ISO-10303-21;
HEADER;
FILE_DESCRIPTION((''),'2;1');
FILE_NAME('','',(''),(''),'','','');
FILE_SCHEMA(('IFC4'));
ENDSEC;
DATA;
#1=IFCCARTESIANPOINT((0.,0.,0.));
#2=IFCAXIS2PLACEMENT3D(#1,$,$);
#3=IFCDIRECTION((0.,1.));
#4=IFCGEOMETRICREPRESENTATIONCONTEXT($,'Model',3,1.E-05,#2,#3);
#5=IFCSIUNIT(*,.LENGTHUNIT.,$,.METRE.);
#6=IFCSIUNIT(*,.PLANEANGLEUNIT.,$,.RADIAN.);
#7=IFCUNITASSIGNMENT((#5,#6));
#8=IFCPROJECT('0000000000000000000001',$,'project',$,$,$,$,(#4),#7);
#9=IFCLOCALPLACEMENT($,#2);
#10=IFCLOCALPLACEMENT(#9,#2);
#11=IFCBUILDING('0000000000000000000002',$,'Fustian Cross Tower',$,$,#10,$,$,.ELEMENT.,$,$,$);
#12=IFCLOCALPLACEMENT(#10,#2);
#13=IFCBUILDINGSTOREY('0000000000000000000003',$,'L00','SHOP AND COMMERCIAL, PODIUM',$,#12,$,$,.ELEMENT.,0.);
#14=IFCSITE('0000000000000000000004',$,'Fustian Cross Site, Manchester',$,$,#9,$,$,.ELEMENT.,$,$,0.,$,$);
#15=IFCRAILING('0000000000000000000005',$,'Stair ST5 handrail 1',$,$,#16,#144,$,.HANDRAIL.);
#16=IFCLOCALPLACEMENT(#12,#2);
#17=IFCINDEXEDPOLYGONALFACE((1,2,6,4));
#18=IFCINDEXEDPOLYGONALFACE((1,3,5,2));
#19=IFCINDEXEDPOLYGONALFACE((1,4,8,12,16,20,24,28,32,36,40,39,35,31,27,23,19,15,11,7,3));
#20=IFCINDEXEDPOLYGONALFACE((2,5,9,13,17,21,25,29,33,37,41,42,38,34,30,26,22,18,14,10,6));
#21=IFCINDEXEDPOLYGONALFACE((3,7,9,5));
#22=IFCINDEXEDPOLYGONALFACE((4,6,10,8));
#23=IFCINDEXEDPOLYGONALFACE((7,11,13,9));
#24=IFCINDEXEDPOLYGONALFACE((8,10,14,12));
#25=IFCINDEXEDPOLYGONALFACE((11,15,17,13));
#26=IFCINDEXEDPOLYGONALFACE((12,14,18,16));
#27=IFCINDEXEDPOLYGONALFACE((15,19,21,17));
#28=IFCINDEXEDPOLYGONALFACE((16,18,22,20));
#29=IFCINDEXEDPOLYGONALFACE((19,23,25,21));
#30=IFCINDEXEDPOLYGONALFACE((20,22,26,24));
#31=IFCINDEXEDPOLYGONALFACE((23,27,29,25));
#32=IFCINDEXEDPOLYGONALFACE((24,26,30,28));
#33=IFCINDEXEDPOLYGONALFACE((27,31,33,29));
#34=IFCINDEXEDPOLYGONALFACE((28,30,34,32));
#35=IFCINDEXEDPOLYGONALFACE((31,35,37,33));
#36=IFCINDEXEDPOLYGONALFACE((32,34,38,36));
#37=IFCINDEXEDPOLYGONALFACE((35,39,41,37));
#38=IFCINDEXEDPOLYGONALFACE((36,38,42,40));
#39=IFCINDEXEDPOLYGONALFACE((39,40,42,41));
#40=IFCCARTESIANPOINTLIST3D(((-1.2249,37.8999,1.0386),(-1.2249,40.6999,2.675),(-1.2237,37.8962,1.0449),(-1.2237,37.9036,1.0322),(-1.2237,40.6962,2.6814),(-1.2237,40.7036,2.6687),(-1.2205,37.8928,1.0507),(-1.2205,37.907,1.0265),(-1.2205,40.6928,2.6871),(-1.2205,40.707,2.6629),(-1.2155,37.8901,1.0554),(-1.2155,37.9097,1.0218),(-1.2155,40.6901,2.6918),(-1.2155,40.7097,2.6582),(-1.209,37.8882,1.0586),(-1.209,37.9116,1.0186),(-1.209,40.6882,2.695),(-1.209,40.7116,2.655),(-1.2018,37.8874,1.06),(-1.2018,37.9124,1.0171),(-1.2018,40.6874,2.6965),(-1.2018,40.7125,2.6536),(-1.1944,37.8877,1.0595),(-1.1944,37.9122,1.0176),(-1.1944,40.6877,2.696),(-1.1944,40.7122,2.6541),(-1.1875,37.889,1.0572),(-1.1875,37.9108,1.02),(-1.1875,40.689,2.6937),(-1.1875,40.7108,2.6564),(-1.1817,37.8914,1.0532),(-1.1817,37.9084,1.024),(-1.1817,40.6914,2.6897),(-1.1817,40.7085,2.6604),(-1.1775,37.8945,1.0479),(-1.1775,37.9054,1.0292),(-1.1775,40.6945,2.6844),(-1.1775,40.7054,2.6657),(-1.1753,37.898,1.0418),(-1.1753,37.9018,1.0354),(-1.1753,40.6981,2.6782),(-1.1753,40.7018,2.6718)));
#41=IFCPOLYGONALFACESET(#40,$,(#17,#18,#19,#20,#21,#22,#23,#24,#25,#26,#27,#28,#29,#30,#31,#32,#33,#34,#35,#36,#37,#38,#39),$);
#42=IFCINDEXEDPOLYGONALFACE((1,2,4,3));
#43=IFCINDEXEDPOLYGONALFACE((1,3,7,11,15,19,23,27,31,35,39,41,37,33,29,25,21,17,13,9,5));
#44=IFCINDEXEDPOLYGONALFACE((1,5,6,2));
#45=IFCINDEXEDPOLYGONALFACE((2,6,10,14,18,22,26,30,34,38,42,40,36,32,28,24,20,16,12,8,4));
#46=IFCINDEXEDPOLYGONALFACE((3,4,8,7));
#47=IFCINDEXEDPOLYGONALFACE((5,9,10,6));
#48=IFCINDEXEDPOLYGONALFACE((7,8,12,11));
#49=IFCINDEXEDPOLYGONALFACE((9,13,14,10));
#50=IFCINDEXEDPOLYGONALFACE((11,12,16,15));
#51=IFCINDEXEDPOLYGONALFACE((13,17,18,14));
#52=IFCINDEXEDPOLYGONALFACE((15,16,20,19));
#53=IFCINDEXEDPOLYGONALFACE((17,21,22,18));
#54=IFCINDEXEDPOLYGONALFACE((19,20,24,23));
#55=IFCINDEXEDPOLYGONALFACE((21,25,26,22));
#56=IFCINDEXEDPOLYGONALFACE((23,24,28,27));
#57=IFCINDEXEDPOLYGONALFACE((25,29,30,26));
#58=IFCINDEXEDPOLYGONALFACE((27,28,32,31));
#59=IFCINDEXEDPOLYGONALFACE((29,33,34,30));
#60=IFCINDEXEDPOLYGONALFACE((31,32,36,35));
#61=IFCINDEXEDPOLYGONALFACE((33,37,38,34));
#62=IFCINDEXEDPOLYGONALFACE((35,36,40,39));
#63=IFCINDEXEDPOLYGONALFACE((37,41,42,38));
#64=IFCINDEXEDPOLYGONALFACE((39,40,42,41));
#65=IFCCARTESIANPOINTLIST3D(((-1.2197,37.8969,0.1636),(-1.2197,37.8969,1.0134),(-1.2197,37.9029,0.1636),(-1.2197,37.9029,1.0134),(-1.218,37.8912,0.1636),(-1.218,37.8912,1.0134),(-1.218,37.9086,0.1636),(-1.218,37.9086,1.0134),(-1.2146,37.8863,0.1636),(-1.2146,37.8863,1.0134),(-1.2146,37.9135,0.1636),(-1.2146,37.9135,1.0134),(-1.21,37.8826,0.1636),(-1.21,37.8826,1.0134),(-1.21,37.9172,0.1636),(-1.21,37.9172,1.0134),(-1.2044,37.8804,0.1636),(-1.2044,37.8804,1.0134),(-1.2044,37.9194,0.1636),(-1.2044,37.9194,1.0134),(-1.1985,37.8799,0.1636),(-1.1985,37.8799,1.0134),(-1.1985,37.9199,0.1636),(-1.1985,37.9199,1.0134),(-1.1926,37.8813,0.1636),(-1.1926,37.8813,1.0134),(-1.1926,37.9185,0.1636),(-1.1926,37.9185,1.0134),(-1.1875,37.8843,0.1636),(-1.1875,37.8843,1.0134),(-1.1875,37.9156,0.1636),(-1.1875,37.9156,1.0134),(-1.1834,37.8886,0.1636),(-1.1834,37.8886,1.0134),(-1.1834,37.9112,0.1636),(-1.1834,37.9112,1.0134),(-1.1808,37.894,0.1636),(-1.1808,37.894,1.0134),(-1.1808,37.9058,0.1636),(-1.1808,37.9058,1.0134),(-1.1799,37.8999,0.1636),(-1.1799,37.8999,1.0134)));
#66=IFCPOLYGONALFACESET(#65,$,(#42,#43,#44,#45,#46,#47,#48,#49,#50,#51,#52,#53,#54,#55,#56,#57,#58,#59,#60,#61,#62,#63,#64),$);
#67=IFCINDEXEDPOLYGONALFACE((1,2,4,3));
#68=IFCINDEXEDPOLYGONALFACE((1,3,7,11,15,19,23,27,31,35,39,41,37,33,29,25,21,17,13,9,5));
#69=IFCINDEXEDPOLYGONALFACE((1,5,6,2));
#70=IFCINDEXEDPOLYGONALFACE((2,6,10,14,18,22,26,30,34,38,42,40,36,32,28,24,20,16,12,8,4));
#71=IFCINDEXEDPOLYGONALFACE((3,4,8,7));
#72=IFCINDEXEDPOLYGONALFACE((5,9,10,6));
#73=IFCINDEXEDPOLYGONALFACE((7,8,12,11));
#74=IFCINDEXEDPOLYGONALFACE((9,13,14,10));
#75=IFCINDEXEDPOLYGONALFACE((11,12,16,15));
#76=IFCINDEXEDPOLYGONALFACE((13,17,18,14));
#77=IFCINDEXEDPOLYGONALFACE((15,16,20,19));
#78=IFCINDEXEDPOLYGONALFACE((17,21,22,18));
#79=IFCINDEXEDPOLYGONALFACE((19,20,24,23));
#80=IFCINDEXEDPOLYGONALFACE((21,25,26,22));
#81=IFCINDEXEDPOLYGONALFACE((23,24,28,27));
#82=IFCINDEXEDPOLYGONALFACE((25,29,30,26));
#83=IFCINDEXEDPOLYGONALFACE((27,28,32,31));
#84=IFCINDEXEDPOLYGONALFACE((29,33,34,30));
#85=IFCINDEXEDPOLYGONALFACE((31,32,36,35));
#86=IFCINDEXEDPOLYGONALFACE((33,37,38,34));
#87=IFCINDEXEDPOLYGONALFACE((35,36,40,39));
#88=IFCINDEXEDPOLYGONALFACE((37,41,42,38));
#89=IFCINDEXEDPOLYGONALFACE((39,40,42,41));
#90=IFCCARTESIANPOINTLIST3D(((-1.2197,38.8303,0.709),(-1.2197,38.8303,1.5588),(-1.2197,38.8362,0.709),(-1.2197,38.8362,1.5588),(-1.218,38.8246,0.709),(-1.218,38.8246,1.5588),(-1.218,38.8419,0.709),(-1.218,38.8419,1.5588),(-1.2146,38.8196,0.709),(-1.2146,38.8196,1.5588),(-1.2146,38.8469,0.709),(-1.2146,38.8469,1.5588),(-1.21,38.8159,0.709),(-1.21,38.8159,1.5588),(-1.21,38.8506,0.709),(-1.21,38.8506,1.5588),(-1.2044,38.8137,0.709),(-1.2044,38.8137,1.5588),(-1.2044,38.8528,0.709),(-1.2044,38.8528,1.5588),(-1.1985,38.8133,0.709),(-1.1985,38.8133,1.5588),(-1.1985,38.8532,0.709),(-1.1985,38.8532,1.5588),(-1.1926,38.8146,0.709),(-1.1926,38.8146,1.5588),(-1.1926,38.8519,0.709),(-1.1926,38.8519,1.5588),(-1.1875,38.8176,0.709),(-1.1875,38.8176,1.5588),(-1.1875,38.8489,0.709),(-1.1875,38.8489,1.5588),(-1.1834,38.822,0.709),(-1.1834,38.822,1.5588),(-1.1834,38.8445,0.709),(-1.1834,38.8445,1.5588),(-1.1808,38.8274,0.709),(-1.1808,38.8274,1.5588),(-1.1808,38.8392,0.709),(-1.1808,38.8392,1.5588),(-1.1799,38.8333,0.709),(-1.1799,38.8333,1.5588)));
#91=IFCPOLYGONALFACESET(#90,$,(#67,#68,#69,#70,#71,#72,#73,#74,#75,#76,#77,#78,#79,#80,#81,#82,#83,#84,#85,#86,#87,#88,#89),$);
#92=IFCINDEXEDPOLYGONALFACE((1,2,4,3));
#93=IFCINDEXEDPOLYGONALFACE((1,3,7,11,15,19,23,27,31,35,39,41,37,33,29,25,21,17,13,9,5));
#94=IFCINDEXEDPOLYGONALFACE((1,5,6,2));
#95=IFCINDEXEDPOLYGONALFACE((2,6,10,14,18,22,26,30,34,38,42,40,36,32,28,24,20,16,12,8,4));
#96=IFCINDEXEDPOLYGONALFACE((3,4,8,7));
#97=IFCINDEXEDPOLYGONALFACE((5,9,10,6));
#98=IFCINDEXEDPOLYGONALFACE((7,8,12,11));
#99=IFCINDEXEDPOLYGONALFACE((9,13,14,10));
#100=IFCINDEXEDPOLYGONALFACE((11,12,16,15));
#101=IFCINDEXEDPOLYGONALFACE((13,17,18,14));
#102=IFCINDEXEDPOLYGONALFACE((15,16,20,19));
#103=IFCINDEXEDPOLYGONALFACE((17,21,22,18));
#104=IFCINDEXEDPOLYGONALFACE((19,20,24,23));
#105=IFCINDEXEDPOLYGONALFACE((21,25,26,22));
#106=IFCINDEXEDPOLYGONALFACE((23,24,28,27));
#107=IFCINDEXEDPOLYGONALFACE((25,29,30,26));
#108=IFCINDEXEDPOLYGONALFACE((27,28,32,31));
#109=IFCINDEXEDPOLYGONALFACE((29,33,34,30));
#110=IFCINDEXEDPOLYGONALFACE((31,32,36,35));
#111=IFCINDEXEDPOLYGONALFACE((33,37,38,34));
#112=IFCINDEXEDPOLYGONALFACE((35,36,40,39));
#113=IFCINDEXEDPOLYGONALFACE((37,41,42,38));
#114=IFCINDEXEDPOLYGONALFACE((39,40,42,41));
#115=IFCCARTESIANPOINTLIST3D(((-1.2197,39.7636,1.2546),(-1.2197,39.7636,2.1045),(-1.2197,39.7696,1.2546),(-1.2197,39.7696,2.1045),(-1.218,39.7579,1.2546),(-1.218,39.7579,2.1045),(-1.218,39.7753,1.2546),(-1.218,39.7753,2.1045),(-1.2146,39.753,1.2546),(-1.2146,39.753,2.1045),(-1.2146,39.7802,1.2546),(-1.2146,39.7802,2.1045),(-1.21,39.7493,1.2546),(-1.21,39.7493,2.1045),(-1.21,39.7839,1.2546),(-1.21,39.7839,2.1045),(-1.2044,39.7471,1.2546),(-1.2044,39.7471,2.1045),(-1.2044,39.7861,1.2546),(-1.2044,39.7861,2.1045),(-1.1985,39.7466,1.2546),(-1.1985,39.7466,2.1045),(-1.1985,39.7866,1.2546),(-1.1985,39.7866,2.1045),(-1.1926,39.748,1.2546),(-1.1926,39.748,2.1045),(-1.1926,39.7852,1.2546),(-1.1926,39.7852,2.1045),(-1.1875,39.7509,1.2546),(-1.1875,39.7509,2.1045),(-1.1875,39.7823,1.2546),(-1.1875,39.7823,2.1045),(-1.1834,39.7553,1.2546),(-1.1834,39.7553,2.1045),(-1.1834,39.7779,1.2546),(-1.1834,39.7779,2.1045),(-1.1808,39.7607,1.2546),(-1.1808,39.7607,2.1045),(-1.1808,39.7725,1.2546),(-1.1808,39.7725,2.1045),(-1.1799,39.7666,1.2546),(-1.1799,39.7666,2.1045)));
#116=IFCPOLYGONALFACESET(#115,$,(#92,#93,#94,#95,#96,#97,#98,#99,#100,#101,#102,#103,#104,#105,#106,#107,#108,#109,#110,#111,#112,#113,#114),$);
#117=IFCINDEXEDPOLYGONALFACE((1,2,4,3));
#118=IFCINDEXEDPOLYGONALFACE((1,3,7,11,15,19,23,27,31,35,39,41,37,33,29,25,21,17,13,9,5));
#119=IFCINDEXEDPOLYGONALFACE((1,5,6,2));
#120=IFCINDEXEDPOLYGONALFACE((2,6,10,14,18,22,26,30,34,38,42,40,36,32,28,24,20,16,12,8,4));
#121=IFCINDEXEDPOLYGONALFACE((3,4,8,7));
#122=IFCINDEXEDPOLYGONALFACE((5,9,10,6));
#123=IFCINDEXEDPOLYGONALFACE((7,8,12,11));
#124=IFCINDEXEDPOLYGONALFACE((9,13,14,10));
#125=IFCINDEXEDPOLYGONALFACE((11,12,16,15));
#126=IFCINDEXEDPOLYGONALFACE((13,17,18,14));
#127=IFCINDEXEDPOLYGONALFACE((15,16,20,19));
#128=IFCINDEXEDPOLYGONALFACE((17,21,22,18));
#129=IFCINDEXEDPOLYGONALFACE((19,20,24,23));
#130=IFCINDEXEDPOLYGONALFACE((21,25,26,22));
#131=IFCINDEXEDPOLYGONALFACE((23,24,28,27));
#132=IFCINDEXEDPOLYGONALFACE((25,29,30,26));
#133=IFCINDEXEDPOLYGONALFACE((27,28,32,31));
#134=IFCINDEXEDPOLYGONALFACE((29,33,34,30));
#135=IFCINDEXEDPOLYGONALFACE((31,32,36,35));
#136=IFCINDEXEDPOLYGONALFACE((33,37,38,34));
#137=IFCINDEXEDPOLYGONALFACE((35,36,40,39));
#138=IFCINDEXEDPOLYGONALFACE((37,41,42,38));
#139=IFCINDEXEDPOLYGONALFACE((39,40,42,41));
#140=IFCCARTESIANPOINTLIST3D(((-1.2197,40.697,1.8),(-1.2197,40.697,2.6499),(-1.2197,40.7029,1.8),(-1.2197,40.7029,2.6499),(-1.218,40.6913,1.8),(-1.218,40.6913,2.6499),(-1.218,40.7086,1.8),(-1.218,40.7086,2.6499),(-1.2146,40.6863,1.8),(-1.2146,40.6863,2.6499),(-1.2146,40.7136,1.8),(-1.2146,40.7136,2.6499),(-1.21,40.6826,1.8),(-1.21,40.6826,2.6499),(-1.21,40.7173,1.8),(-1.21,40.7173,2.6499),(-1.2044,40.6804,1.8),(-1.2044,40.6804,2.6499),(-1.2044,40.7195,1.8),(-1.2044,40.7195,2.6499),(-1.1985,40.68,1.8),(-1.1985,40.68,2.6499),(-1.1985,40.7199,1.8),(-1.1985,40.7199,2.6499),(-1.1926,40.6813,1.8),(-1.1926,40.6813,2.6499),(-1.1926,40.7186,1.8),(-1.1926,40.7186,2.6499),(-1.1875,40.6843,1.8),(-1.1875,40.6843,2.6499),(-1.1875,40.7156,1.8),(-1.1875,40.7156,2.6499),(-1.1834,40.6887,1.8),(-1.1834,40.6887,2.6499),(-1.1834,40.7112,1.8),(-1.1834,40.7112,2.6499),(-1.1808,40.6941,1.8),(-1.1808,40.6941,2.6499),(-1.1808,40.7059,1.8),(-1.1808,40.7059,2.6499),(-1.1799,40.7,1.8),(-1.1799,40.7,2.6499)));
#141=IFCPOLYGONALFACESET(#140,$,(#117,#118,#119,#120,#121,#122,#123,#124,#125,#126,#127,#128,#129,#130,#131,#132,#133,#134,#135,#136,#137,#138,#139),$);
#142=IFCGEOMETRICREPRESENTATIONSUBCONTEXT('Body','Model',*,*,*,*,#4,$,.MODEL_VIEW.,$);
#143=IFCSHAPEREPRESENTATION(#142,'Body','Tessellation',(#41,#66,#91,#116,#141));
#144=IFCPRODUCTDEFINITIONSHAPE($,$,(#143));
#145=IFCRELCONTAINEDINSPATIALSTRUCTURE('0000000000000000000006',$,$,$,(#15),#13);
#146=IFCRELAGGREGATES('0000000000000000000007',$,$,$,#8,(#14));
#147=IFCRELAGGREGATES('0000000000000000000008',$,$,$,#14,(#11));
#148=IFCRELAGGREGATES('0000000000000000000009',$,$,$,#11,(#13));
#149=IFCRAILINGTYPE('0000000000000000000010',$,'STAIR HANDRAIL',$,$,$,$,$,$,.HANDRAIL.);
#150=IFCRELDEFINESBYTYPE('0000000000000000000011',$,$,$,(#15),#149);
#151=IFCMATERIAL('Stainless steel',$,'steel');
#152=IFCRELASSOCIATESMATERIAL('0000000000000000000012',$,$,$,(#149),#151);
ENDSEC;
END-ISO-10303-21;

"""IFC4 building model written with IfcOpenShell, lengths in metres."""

from ifc_helpers import new_model, si_unit, direction, frame, origin, origin_2d, place, context, subcontext, project, spatial, circle, extrude, material, type_object, element, save


model = new_model("IFC4")

# Units and contexts
model_context = context("Model", 3, precision=1e-05, world=origin(), true_north=direction((0.0, 1.0)))
body_context = subcontext(model_context, "Body", "Model", "MODEL_VIEW")
ifc_project = project(units=[si_unit("LENGTHUNIT", "METRE"), si_unit("PLANEANGLEUNIT", "RADIAN")], contexts=[model_context])

# Site, building, storey
site_placement = place(None, origin())
site = spatial("IfcSite", under=ifc_project, at=site_placement, Name="Fustian Cross Site, Manchester", CompositionType="ELEMENT", RefElevation=0.0)
building_placement = place(site_placement, origin())
building = spatial("IfcBuilding", under=site, at=building_placement, Name="Fustian Cross Tower", CompositionType="ELEMENT")
storey_placement = place(building_placement, origin())
storey = spatial("IfcBuildingStorey", under=building, at=storey_placement, Name="L00", Description="SHOP AND COMMERCIAL, PODIUM", CompositionType="ELEMENT", Elevation=0.0)

# Railing
ifc_material_1 = material(Name="Stainless steel", Category="steel")
railing_type = type_object("IfcRailingType", Name="STAIR HANDRAIL", PredefinedType="HANDRAIL", material=ifc_material_1)
railing_1_placement = place(storey_placement, frame((-1.2, 37.8999, 0.1636)))
element("IfcRailing", 1, at=railing_1_placement, inside=storey, type_object=railing_type, Name="Stair ST5 handrail 1", PredefinedType="HANDRAIL", context=body_context, shape_type="SweptSolid", body=[
    extrude(circle(Radius=0.0249, at=origin_2d()), frame((0.0, 0.0, 0.875), z_axis=(0.0, 0.863361, 0.504587), x_axis=(-1.0, 0.0, 0.0)), (0.0, 0.0, 1.0), 3.2432),
    extrude(circle(Radius=0.02, at=origin_2d()), origin(), (0.0, 0.0, 1.0), 0.8499),
    extrude(circle(Radius=0.02, at=origin_2d()), frame((0.0, 0.9333, 0.5454)), (0.0, 0.0, 1.0), 0.8499),
    extrude(circle(Radius=0.02, at=origin_2d()), frame((0.0, 1.8667, 1.0911)), (0.0, 0.0, 1.0), 0.8499),
    extrude(circle(Radius=0.02, at=origin_2d()), frame((0.0, 2.8, 1.6365)), (0.0, 0.0, 1.0), 0.8499),
])

save(model, "model.ifc")
